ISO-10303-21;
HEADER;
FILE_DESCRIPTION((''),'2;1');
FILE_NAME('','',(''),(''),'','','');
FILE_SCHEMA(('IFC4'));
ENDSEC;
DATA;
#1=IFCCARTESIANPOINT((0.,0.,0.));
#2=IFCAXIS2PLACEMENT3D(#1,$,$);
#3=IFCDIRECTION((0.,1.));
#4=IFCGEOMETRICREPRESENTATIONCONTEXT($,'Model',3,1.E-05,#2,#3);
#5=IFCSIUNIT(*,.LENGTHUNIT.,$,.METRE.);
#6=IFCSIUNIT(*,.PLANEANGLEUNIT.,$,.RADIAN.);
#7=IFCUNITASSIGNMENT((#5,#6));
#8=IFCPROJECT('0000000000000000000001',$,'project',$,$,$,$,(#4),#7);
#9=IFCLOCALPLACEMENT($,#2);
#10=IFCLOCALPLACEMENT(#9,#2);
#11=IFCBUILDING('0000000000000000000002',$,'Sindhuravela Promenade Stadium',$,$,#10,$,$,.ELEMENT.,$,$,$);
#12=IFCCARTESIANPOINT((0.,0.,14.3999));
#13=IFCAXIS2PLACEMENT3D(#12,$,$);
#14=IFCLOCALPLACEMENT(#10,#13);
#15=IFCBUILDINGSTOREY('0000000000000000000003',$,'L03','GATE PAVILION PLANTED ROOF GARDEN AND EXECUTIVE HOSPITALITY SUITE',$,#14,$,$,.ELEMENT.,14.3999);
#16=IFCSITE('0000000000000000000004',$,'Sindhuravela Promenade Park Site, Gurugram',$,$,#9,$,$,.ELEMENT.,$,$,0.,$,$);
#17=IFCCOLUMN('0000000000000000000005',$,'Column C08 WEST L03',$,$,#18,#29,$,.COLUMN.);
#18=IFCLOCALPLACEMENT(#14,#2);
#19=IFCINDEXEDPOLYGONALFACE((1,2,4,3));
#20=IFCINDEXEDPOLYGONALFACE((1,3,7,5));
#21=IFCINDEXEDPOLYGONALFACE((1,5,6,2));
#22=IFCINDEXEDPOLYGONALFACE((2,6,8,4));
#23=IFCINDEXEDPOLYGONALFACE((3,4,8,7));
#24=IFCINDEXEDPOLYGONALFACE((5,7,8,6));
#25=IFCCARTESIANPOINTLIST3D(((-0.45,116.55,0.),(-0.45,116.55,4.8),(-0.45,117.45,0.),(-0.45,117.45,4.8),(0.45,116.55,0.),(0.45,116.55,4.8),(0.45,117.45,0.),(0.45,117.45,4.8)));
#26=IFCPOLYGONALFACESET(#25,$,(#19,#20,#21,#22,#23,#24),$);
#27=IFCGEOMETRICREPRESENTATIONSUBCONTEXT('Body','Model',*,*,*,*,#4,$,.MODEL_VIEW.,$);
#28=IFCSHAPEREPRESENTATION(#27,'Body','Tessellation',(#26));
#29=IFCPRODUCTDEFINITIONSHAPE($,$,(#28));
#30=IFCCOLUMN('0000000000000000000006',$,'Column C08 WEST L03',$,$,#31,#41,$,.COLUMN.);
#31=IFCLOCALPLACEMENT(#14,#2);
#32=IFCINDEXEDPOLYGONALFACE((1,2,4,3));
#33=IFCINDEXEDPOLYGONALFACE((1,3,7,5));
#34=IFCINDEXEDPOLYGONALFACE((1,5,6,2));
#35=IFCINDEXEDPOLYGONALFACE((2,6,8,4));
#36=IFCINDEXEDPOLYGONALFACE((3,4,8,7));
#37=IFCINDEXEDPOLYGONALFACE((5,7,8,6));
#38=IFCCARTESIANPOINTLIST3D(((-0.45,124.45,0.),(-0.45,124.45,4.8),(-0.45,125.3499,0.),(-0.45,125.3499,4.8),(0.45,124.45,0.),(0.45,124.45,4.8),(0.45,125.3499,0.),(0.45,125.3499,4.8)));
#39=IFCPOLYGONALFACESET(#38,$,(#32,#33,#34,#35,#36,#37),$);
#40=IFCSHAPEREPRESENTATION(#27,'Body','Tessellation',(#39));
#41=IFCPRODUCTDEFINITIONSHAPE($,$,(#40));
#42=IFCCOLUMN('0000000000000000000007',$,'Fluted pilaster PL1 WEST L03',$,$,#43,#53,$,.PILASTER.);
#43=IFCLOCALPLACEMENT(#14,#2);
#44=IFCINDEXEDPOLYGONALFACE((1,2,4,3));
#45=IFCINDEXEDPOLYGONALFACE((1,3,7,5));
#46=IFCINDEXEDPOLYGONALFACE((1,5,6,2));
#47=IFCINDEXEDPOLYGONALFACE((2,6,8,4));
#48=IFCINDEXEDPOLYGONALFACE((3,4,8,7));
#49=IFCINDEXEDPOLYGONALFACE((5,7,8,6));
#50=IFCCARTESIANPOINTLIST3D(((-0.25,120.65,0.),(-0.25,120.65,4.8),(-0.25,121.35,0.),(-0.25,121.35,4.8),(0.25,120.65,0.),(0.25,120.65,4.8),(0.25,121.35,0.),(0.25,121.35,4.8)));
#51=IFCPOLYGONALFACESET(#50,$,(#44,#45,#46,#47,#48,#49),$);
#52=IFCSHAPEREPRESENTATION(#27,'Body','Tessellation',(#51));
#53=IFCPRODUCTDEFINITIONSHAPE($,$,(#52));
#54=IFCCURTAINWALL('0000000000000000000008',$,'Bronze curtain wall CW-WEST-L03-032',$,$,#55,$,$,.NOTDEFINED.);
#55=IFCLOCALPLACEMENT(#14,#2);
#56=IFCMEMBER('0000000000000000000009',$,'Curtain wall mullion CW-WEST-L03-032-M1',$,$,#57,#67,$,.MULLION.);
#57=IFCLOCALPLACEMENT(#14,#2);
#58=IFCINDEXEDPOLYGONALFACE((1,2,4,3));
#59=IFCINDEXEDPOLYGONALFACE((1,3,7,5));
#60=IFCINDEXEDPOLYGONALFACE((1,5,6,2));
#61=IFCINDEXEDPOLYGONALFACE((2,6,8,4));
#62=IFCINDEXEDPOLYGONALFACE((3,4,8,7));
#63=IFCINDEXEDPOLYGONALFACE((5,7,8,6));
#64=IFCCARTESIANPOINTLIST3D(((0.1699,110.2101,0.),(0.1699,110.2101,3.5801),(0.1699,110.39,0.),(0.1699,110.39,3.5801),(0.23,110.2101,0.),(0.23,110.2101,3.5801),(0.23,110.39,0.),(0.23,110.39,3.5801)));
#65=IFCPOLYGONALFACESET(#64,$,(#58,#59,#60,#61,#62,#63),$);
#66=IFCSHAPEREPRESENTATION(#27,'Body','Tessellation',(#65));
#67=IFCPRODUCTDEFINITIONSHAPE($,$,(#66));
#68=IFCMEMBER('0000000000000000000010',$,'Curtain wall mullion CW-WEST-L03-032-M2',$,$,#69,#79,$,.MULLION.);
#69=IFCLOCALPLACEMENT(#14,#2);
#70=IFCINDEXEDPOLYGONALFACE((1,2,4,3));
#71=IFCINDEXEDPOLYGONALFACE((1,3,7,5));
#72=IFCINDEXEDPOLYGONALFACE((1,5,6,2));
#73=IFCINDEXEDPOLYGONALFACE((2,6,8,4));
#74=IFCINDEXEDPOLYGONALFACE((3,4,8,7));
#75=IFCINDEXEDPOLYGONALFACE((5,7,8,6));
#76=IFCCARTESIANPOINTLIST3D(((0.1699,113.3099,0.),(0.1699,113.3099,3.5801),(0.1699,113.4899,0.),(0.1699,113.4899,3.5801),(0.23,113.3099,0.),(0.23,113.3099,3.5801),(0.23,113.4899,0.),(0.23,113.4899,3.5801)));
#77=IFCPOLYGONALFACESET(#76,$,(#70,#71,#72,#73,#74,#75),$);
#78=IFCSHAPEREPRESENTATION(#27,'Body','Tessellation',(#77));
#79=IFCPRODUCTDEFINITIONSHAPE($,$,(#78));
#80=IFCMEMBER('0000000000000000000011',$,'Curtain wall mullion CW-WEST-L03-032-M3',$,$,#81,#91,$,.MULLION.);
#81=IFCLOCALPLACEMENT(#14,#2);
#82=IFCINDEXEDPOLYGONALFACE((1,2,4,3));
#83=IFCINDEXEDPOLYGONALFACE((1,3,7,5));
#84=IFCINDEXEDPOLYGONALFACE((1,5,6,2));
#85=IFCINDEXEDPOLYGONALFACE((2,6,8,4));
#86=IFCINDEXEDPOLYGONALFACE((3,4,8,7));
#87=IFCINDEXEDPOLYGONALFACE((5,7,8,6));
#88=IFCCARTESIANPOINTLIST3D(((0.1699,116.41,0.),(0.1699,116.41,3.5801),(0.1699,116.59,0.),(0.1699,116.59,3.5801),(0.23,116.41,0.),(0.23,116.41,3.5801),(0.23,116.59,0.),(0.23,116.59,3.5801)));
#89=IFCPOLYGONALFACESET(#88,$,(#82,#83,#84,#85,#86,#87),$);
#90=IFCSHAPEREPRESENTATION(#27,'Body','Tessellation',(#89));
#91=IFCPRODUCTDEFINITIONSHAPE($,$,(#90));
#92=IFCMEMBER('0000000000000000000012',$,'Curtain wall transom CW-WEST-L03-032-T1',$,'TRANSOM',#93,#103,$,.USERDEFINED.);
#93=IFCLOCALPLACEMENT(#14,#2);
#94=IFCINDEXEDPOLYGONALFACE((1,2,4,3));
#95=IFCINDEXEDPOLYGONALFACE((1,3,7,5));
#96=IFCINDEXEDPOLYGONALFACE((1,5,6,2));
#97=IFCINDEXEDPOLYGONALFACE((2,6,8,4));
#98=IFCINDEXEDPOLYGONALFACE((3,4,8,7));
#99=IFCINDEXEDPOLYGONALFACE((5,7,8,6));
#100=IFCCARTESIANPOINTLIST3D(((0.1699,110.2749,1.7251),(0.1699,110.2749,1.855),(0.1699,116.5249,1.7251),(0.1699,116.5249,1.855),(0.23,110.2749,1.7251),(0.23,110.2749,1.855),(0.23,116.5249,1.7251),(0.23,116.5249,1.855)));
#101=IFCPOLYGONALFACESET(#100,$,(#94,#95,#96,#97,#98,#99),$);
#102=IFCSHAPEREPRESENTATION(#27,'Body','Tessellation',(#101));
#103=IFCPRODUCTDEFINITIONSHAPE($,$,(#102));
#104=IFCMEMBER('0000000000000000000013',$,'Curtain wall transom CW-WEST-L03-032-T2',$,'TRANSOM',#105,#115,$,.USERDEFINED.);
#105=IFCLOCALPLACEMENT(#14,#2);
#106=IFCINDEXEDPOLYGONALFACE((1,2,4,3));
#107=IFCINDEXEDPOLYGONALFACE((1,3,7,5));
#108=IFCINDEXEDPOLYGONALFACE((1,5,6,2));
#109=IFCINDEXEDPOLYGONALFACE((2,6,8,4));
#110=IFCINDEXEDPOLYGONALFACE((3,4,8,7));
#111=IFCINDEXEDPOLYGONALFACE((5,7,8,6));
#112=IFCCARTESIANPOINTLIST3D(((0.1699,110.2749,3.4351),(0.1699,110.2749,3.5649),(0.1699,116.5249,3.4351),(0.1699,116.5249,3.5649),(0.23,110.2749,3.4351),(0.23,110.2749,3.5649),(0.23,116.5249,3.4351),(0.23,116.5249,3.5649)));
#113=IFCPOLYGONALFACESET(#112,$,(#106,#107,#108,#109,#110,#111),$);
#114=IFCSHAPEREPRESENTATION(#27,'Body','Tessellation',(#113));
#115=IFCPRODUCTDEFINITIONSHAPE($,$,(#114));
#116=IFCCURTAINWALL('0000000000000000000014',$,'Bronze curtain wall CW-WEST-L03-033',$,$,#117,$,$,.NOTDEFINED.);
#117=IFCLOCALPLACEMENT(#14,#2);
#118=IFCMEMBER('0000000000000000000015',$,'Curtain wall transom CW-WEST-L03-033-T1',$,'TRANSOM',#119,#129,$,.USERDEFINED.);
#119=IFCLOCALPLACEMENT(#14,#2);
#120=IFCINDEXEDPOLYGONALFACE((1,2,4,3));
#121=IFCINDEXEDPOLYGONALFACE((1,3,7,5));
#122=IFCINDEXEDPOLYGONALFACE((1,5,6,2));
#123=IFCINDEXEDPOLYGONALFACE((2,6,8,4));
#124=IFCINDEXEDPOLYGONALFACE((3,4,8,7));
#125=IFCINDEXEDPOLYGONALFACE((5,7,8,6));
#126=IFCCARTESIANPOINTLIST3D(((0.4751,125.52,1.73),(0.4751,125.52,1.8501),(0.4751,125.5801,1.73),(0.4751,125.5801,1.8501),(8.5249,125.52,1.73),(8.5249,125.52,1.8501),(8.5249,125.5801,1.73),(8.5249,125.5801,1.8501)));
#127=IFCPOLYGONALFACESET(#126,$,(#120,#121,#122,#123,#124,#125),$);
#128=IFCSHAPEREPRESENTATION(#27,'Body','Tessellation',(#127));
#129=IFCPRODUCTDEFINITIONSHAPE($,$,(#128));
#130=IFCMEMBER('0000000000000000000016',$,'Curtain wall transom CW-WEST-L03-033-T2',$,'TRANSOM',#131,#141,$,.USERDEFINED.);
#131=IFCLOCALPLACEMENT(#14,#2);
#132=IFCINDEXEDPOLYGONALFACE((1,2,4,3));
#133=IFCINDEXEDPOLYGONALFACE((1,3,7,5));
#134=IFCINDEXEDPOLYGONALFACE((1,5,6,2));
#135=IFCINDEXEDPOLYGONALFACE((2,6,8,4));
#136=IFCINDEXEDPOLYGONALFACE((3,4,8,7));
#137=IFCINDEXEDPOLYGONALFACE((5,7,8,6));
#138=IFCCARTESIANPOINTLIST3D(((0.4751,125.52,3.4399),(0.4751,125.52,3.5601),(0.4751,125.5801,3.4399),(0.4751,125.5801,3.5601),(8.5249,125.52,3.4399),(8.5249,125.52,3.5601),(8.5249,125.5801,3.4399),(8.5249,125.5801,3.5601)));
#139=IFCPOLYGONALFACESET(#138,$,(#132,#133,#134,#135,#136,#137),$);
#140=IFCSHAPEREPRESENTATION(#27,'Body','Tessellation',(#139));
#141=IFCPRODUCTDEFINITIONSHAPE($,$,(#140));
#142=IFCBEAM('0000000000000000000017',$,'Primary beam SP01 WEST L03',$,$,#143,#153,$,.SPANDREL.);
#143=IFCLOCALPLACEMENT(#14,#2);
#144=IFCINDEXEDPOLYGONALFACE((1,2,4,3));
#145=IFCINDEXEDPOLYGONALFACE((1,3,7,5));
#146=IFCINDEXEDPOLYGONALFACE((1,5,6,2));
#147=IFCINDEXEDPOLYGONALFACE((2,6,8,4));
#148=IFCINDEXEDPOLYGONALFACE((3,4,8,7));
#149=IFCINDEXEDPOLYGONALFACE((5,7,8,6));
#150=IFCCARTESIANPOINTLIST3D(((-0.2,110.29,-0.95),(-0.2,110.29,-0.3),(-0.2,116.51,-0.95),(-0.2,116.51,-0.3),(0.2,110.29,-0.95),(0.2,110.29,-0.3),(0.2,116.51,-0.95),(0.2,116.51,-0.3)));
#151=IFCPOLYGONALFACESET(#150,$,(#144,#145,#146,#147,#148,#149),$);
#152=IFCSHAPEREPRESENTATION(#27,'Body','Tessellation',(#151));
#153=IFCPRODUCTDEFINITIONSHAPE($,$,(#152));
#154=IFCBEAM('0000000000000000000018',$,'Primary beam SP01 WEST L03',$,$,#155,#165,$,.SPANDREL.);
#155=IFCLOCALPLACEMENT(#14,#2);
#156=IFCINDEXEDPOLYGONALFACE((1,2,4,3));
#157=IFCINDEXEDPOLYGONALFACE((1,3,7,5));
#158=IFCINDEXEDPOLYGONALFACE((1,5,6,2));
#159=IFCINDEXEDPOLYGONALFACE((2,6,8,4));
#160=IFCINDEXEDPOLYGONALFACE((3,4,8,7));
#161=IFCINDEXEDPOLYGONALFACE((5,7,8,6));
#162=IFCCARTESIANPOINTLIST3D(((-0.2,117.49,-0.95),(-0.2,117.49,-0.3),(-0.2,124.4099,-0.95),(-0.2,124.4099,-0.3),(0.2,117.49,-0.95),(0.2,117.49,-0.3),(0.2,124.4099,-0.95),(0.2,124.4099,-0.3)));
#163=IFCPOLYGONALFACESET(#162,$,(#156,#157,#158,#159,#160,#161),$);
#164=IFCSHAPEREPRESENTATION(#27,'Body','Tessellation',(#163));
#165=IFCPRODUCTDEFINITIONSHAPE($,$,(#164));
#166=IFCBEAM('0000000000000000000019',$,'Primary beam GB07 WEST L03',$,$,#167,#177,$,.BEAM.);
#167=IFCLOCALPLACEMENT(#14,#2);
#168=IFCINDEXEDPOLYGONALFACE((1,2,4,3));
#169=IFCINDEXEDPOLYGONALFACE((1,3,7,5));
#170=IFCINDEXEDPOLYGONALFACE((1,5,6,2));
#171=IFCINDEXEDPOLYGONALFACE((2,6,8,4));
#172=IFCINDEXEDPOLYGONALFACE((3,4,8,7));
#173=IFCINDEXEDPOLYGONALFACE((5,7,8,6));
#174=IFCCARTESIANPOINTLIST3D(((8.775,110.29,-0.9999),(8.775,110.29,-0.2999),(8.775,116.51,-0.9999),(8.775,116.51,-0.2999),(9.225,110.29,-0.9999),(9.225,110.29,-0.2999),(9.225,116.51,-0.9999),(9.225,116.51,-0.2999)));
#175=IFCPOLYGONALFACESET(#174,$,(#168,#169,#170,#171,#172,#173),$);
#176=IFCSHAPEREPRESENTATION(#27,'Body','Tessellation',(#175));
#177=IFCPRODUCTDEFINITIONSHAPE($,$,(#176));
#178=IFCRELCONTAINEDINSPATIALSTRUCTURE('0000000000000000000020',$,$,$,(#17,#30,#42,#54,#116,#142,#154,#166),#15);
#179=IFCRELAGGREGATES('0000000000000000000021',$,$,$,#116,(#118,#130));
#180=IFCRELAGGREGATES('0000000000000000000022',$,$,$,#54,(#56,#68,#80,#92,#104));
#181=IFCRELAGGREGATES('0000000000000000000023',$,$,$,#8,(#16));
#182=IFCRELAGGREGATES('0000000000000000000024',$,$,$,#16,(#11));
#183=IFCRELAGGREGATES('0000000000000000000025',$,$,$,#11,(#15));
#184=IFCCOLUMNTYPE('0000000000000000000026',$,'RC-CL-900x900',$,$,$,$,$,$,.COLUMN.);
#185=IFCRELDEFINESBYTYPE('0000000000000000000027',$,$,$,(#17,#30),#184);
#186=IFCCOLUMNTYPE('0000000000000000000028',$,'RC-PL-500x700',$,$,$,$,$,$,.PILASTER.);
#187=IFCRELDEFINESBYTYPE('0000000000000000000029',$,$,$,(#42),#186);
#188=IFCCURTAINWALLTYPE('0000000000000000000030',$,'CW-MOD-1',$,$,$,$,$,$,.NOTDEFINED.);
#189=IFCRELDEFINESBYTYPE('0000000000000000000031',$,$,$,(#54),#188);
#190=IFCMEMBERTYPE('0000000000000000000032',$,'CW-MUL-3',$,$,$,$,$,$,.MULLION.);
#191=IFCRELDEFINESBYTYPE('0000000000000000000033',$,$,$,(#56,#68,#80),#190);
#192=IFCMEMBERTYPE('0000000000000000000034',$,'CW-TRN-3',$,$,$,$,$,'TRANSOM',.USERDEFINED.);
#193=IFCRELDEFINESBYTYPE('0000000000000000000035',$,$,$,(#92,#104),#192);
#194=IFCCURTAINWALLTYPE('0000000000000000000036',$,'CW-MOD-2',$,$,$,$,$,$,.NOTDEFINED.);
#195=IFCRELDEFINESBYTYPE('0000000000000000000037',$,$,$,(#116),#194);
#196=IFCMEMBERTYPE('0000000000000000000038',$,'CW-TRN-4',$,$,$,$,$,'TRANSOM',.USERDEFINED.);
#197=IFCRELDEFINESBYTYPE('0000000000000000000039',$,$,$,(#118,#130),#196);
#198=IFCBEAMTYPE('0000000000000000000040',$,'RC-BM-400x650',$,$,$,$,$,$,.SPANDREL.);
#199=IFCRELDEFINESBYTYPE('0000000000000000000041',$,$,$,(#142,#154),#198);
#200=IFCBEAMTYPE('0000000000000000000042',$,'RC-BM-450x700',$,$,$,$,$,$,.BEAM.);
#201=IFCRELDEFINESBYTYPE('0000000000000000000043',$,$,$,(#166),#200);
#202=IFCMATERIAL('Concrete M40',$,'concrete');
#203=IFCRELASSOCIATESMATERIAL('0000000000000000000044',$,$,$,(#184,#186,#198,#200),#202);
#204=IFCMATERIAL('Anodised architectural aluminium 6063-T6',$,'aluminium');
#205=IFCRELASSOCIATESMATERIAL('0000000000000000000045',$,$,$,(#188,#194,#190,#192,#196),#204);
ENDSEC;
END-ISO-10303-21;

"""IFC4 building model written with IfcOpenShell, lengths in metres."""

from ifc_helpers import new_model, si_unit, direction, frame, origin, origin_2d, place, context, subcontext, project, spatial, rectangle, extrude, material, material_profile, profile_set, type_object, element, aggregate, save


model = new_model("IFC4")

# Units and contexts
model_context = context("Model", 3, precision=1e-05, world=origin(), true_north=direction((0.0, 1.0)))
body_context = subcontext(model_context, "Body", "Model", "MODEL_VIEW")
ifc_project = project(units=[si_unit("LENGTHUNIT", "METRE"), si_unit("PLANEANGLEUNIT", "RADIAN")], contexts=[model_context])

# Site, building, storey
site_placement = place(None, origin())
site = spatial("IfcSite", under=ifc_project, at=site_placement, Name="Sindhuravela Promenade Park Site, Gurugram", CompositionType="ELEMENT", RefElevation=0.0)
building_placement = place(site_placement, origin())
building = spatial("IfcBuilding", under=site, at=building_placement, Name="Sindhuravela Promenade Stadium", CompositionType="ELEMENT")
storey_placement = place(building_placement, frame((0.0, 0.0, 14.3999)))
storey = spatial("IfcBuildingStorey", under=building, at=storey_placement, Name="L03", Description="GATE PAVILION PLANTED ROOF GARDEN AND EXECUTIVE HOSPITALITY SUITE", CompositionType="ELEMENT", Elevation=14.3999)

# Columns
ifc_material_1 = material(Name="Concrete M40", Category="concrete")
ifc_material_profile_1 = material_profile(ifc_material_1, rectangle(XDim=0.8999, YDim=0.8999, at=origin_2d()), Name="RC 900x900")
ifc_profile_set_1 = profile_set([ifc_material_profile_1], Name="Concrete M40")
column_type_1 = type_object("IfcColumnType", Name="RC-CL-900x900", PredefinedType="COLUMN", material=ifc_profile_set_1)
for number, where, z_axis, x_axis, name in (
    (1, (0.0, 117.0, 0.0), (0.0, 0.0, 1.0), (1.0, 0.0, 0.0), "Column C08 WEST L03"),
    (2, (0.0, 124.8999, 0.0), (0.0, 0.0, 1.0), (1.0, 0.0, 0.0), "Column C08 WEST L03"),
):
    element("IfcColumn", number, at=place(storey_placement, frame(where, z_axis=z_axis, x_axis=x_axis)), inside=storey, type_object=column_type_1, Name=name, PredefinedType="COLUMN", context=body_context, shape_type="SweptSolid", body=[
        extrude(rectangle(XDim=0.8999, YDim=0.8999, at=origin_2d()), origin(), (0.0, 0.0, 1.0), 4.8),
    ])
ifc_material_profile_2 = material_profile(ifc_material_1, rectangle(XDim=0.5, YDim=0.7, at=origin_2d()), Name="PIL 500x700")
ifc_profile_set_2 = profile_set([ifc_material_profile_2], Name="Concrete M40")
column_type_2 = type_object("IfcColumnType", Name="RC-PL-500x700", PredefinedType="PILASTER", material=ifc_profile_set_2)
column_placement = place(storey_placement, frame((0.0, 121.0, 0.0), z_axis=(0.0, 0.0, 1.0), x_axis=(1.0, 0.0, 0.0)))
element("IfcColumn", 3, at=column_placement, inside=storey, type_object=column_type_2, Name="Fluted pilaster PL1 WEST L03", PredefinedType="PILASTER", context=body_context, shape_type="SweptSolid", body=[
    extrude(rectangle(XDim=0.5, YDim=0.7, at=origin_2d()), origin(), (0.0, 0.0, 1.0), 4.8),
])

# Curtain walls, members
ifc_material_2 = material(Name="Anodised architectural aluminium 6063-T6", Category="aluminium")
curtain_wall_type_1 = type_object("IfcCurtainWallType", Name="CW-MOD-1", PredefinedType="NOTDEFINED", material=ifc_material_2)
curtain_wall_1_placement = place(storey_placement, origin())
curtain_wall_1 = element("IfcCurtainWall", 4, at=curtain_wall_1_placement, inside=storey, type_object=curtain_wall_type_1, Name="Bronze curtain wall CW-WEST-L03-032", PredefinedType="NOTDEFINED")
ifc_material_profile_3 = material_profile(ifc_material_2, rectangle(XDim=0.0601, YDim=0.1799, at=origin_2d()), Name="ALU M60x180")
ifc_profile_set_3 = profile_set([ifc_material_profile_3], Name="Anodised architectural aluminium 6063-T6")
member_type_1 = type_object("IfcMemberType", Name="CW-MUL-3", PredefinedType="MULLION", material=ifc_profile_set_3)
member_1_placement = place(storey_placement, frame((0.2, 110.3, 0.0), z_axis=(0.0, 0.0, 1.0), x_axis=(1.0, 0.0, 0.0)))
member_1 = element("IfcMember", 5, at=member_1_placement, type_object=member_type_1, Name="Curtain wall mullion CW-WEST-L03-032-M1", PredefinedType="MULLION", context=body_context, shape_type="SweptSolid", body=[
    extrude(rectangle(XDim=0.0601, YDim=0.1799, at=origin_2d()), origin(), (0.0, 0.0, 1.0), 3.5801),
])
member_2_placement = place(storey_placement, frame((0.2, 113.3999, 0.0), z_axis=(0.0, 0.0, 1.0), x_axis=(1.0, 0.0, 0.0)))
member_2 = element("IfcMember", 6, at=member_2_placement, type_object=member_type_1, Name="Curtain wall mullion CW-WEST-L03-032-M2", PredefinedType="MULLION", context=body_context, shape_type="SweptSolid", body=[
    extrude(rectangle(XDim=0.0601, YDim=0.1799, at=origin_2d()), origin(), (0.0, 0.0, 1.0), 3.5801),
])
member_3_placement = place(storey_placement, frame((0.2, 116.5, 0.0), z_axis=(0.0, 0.0, 1.0), x_axis=(1.0, 0.0, 0.0)))
member_3 = element("IfcMember", 7, at=member_3_placement, type_object=member_type_1, Name="Curtain wall mullion CW-WEST-L03-032-M3", PredefinedType="MULLION", context=body_context, shape_type="SweptSolid", body=[
    extrude(rectangle(XDim=0.0601, YDim=0.1799, at=origin_2d()), origin(), (0.0, 0.0, 1.0), 3.5801),
])
ifc_material_profile_4 = material_profile(ifc_material_2, rectangle(XDim=0.0601, YDim=0.1299, at=origin_2d()), Name="ALU T60x130")
ifc_profile_set_4 = profile_set([ifc_material_profile_4], Name="Anodised architectural aluminium 6063-T6")
member_type_2 = type_object("IfcMemberType", Name="CW-TRN-3", ElementType="TRANSOM", PredefinedType="USERDEFINED", material=ifc_profile_set_4)
member_4_placement = place(storey_placement, frame((0.2, 110.2749, 1.79), z_axis=(0.0, 1.0, 0.0), x_axis=(-1.0, 0.0, 0.0)))
member_4 = element("IfcMember", 8, at=member_4_placement, type_object=member_type_2, Name="Curtain wall transom CW-WEST-L03-032-T1", ObjectType="TRANSOM", PredefinedType="USERDEFINED", context=body_context, shape_type="SweptSolid", body=[
    extrude(rectangle(XDim=0.0601, YDim=0.1299, at=origin_2d()), origin(), (0.0, 0.0, 1.0), 6.25),
])
member_5_placement = place(storey_placement, frame((0.2, 110.2749, 3.5), z_axis=(0.0, 1.0, 0.0), x_axis=(-1.0, 0.0, 0.0)))
member_5 = element("IfcMember", 9, at=member_5_placement, type_object=member_type_2, Name="Curtain wall transom CW-WEST-L03-032-T2", ObjectType="TRANSOM", PredefinedType="USERDEFINED", context=body_context, shape_type="SweptSolid", body=[
    extrude(rectangle(XDim=0.0601, YDim=0.1299, at=origin_2d()), origin(), (0.0, 0.0, 1.0), 6.25),
])
curtain_wall_type_2 = type_object("IfcCurtainWallType", Name="CW-MOD-2", PredefinedType="NOTDEFINED", material=ifc_material_2)
curtain_wall_2_placement = place(storey_placement, origin())
curtain_wall_2 = element("IfcCurtainWall", 10, at=curtain_wall_2_placement, inside=storey, type_object=curtain_wall_type_2, Name="Bronze curtain wall CW-WEST-L03-033", PredefinedType="NOTDEFINED")
ifc_material_profile_5 = material_profile(ifc_material_2, rectangle(XDim=0.0601, YDim=0.1201, at=origin_2d()), Name="ALU T60x120")
ifc_profile_set_5 = profile_set([ifc_material_profile_5], Name="Anodised architectural aluminium 6063-T6")
member_type_3 = type_object("IfcMemberType", Name="CW-TRN-4", ElementType="TRANSOM", PredefinedType="USERDEFINED", material=ifc_profile_set_5)
member_6_placement = place(storey_placement, frame((0.4751, 125.55, 1.79), z_axis=(1.0, 0.0, 0.0), x_axis=(0.0, 1.0, 0.0)))
member_6 = element("IfcMember", 11, at=member_6_placement, type_object=member_type_3, Name="Curtain wall transom CW-WEST-L03-033-T1", ObjectType="TRANSOM", PredefinedType="USERDEFINED", context=body_context, shape_type="SweptSolid", body=[
    extrude(rectangle(XDim=0.0601, YDim=0.1201, at=origin_2d()), origin(), (0.0, 0.0, 1.0), 8.0498),
])
member_7_placement = place(storey_placement, frame((0.4751, 125.55, 3.5), z_axis=(1.0, 0.0, 0.0), x_axis=(0.0, 1.0, 0.0)))
member_7 = element("IfcMember", 12, at=member_7_placement, type_object=member_type_3, Name="Curtain wall transom CW-WEST-L03-033-T2", ObjectType="TRANSOM", PredefinedType="USERDEFINED", context=body_context, shape_type="SweptSolid", body=[
    extrude(rectangle(XDim=0.0601, YDim=0.1201, at=origin_2d()), origin(), (0.0, 0.0, 1.0), 8.0498),
])
aggregate(curtain_wall_2, [member_6, member_7])

# Beams
ifc_material_profile_6 = material_profile(ifc_material_1, rectangle(XDim=0.3999, YDim=0.6499, at=origin_2d()), Name="RC 400x650")
ifc_profile_set_6 = profile_set([ifc_material_profile_6], Name="Concrete M40")
beam_type_1 = type_object("IfcBeamType", Name="RC-BM-400x650", PredefinedType="SPANDREL", material=ifc_profile_set_6)
beam_1_placement = place(storey_placement, frame((0.0, 110.29, -0.625), z_axis=(0.0, 1.0, 0.0), x_axis=(-1.0, 0.0, 0.0)))
element("IfcBeam", 13, at=beam_1_placement, inside=storey, type_object=beam_type_1, Name="Primary beam SP01 WEST L03", PredefinedType="SPANDREL", context=body_context, shape_type="SweptSolid", body=[
    extrude(rectangle(XDim=0.3999, YDim=0.6499, at=origin_2d()), origin(), (0.0, 0.0, 1.0), 6.22),
])
beam_2_placement = place(storey_placement, frame((0.0, 117.49, -0.625), z_axis=(0.0, 1.0, 0.0), x_axis=(-1.0, 0.0, 0.0)))
element("IfcBeam", 14, at=beam_2_placement, inside=storey, type_object=beam_type_1, Name="Primary beam SP01 WEST L03", PredefinedType="SPANDREL", context=body_context, shape_type="SweptSolid", body=[
    extrude(rectangle(XDim=0.3999, YDim=0.6499, at=origin_2d()), origin(), (0.0, 0.0, 1.0), 6.9199),
])
ifc_material_profile_7 = material_profile(ifc_material_1, rectangle(XDim=0.45, YDim=0.7, at=origin_2d()), Name="RC 450x700")
ifc_profile_set_7 = profile_set([ifc_material_profile_7], Name="Concrete M40")
beam_type_2 = type_object("IfcBeamType", Name="RC-BM-450x700", PredefinedType="BEAM", material=ifc_profile_set_7)
beam_3_placement = place(storey_placement, frame((9.0, 110.29, -0.6499), z_axis=(0.0, 1.0, 0.0), x_axis=(-1.0, 0.0, 0.0)))
element("IfcBeam", 15, at=beam_3_placement, inside=storey, type_object=beam_type_2, Name="Primary beam GB07 WEST L03", PredefinedType="BEAM", context=body_context, shape_type="SweptSolid", body=[
    extrude(rectangle(XDim=0.45, YDim=0.7, at=origin_2d()), origin(), (0.0, 0.0, 1.0), 6.22),
])

aggregate(curtain_wall_1, [member_1, member_2, member_3, member_4, member_5])

save(model, "model.ifc")
